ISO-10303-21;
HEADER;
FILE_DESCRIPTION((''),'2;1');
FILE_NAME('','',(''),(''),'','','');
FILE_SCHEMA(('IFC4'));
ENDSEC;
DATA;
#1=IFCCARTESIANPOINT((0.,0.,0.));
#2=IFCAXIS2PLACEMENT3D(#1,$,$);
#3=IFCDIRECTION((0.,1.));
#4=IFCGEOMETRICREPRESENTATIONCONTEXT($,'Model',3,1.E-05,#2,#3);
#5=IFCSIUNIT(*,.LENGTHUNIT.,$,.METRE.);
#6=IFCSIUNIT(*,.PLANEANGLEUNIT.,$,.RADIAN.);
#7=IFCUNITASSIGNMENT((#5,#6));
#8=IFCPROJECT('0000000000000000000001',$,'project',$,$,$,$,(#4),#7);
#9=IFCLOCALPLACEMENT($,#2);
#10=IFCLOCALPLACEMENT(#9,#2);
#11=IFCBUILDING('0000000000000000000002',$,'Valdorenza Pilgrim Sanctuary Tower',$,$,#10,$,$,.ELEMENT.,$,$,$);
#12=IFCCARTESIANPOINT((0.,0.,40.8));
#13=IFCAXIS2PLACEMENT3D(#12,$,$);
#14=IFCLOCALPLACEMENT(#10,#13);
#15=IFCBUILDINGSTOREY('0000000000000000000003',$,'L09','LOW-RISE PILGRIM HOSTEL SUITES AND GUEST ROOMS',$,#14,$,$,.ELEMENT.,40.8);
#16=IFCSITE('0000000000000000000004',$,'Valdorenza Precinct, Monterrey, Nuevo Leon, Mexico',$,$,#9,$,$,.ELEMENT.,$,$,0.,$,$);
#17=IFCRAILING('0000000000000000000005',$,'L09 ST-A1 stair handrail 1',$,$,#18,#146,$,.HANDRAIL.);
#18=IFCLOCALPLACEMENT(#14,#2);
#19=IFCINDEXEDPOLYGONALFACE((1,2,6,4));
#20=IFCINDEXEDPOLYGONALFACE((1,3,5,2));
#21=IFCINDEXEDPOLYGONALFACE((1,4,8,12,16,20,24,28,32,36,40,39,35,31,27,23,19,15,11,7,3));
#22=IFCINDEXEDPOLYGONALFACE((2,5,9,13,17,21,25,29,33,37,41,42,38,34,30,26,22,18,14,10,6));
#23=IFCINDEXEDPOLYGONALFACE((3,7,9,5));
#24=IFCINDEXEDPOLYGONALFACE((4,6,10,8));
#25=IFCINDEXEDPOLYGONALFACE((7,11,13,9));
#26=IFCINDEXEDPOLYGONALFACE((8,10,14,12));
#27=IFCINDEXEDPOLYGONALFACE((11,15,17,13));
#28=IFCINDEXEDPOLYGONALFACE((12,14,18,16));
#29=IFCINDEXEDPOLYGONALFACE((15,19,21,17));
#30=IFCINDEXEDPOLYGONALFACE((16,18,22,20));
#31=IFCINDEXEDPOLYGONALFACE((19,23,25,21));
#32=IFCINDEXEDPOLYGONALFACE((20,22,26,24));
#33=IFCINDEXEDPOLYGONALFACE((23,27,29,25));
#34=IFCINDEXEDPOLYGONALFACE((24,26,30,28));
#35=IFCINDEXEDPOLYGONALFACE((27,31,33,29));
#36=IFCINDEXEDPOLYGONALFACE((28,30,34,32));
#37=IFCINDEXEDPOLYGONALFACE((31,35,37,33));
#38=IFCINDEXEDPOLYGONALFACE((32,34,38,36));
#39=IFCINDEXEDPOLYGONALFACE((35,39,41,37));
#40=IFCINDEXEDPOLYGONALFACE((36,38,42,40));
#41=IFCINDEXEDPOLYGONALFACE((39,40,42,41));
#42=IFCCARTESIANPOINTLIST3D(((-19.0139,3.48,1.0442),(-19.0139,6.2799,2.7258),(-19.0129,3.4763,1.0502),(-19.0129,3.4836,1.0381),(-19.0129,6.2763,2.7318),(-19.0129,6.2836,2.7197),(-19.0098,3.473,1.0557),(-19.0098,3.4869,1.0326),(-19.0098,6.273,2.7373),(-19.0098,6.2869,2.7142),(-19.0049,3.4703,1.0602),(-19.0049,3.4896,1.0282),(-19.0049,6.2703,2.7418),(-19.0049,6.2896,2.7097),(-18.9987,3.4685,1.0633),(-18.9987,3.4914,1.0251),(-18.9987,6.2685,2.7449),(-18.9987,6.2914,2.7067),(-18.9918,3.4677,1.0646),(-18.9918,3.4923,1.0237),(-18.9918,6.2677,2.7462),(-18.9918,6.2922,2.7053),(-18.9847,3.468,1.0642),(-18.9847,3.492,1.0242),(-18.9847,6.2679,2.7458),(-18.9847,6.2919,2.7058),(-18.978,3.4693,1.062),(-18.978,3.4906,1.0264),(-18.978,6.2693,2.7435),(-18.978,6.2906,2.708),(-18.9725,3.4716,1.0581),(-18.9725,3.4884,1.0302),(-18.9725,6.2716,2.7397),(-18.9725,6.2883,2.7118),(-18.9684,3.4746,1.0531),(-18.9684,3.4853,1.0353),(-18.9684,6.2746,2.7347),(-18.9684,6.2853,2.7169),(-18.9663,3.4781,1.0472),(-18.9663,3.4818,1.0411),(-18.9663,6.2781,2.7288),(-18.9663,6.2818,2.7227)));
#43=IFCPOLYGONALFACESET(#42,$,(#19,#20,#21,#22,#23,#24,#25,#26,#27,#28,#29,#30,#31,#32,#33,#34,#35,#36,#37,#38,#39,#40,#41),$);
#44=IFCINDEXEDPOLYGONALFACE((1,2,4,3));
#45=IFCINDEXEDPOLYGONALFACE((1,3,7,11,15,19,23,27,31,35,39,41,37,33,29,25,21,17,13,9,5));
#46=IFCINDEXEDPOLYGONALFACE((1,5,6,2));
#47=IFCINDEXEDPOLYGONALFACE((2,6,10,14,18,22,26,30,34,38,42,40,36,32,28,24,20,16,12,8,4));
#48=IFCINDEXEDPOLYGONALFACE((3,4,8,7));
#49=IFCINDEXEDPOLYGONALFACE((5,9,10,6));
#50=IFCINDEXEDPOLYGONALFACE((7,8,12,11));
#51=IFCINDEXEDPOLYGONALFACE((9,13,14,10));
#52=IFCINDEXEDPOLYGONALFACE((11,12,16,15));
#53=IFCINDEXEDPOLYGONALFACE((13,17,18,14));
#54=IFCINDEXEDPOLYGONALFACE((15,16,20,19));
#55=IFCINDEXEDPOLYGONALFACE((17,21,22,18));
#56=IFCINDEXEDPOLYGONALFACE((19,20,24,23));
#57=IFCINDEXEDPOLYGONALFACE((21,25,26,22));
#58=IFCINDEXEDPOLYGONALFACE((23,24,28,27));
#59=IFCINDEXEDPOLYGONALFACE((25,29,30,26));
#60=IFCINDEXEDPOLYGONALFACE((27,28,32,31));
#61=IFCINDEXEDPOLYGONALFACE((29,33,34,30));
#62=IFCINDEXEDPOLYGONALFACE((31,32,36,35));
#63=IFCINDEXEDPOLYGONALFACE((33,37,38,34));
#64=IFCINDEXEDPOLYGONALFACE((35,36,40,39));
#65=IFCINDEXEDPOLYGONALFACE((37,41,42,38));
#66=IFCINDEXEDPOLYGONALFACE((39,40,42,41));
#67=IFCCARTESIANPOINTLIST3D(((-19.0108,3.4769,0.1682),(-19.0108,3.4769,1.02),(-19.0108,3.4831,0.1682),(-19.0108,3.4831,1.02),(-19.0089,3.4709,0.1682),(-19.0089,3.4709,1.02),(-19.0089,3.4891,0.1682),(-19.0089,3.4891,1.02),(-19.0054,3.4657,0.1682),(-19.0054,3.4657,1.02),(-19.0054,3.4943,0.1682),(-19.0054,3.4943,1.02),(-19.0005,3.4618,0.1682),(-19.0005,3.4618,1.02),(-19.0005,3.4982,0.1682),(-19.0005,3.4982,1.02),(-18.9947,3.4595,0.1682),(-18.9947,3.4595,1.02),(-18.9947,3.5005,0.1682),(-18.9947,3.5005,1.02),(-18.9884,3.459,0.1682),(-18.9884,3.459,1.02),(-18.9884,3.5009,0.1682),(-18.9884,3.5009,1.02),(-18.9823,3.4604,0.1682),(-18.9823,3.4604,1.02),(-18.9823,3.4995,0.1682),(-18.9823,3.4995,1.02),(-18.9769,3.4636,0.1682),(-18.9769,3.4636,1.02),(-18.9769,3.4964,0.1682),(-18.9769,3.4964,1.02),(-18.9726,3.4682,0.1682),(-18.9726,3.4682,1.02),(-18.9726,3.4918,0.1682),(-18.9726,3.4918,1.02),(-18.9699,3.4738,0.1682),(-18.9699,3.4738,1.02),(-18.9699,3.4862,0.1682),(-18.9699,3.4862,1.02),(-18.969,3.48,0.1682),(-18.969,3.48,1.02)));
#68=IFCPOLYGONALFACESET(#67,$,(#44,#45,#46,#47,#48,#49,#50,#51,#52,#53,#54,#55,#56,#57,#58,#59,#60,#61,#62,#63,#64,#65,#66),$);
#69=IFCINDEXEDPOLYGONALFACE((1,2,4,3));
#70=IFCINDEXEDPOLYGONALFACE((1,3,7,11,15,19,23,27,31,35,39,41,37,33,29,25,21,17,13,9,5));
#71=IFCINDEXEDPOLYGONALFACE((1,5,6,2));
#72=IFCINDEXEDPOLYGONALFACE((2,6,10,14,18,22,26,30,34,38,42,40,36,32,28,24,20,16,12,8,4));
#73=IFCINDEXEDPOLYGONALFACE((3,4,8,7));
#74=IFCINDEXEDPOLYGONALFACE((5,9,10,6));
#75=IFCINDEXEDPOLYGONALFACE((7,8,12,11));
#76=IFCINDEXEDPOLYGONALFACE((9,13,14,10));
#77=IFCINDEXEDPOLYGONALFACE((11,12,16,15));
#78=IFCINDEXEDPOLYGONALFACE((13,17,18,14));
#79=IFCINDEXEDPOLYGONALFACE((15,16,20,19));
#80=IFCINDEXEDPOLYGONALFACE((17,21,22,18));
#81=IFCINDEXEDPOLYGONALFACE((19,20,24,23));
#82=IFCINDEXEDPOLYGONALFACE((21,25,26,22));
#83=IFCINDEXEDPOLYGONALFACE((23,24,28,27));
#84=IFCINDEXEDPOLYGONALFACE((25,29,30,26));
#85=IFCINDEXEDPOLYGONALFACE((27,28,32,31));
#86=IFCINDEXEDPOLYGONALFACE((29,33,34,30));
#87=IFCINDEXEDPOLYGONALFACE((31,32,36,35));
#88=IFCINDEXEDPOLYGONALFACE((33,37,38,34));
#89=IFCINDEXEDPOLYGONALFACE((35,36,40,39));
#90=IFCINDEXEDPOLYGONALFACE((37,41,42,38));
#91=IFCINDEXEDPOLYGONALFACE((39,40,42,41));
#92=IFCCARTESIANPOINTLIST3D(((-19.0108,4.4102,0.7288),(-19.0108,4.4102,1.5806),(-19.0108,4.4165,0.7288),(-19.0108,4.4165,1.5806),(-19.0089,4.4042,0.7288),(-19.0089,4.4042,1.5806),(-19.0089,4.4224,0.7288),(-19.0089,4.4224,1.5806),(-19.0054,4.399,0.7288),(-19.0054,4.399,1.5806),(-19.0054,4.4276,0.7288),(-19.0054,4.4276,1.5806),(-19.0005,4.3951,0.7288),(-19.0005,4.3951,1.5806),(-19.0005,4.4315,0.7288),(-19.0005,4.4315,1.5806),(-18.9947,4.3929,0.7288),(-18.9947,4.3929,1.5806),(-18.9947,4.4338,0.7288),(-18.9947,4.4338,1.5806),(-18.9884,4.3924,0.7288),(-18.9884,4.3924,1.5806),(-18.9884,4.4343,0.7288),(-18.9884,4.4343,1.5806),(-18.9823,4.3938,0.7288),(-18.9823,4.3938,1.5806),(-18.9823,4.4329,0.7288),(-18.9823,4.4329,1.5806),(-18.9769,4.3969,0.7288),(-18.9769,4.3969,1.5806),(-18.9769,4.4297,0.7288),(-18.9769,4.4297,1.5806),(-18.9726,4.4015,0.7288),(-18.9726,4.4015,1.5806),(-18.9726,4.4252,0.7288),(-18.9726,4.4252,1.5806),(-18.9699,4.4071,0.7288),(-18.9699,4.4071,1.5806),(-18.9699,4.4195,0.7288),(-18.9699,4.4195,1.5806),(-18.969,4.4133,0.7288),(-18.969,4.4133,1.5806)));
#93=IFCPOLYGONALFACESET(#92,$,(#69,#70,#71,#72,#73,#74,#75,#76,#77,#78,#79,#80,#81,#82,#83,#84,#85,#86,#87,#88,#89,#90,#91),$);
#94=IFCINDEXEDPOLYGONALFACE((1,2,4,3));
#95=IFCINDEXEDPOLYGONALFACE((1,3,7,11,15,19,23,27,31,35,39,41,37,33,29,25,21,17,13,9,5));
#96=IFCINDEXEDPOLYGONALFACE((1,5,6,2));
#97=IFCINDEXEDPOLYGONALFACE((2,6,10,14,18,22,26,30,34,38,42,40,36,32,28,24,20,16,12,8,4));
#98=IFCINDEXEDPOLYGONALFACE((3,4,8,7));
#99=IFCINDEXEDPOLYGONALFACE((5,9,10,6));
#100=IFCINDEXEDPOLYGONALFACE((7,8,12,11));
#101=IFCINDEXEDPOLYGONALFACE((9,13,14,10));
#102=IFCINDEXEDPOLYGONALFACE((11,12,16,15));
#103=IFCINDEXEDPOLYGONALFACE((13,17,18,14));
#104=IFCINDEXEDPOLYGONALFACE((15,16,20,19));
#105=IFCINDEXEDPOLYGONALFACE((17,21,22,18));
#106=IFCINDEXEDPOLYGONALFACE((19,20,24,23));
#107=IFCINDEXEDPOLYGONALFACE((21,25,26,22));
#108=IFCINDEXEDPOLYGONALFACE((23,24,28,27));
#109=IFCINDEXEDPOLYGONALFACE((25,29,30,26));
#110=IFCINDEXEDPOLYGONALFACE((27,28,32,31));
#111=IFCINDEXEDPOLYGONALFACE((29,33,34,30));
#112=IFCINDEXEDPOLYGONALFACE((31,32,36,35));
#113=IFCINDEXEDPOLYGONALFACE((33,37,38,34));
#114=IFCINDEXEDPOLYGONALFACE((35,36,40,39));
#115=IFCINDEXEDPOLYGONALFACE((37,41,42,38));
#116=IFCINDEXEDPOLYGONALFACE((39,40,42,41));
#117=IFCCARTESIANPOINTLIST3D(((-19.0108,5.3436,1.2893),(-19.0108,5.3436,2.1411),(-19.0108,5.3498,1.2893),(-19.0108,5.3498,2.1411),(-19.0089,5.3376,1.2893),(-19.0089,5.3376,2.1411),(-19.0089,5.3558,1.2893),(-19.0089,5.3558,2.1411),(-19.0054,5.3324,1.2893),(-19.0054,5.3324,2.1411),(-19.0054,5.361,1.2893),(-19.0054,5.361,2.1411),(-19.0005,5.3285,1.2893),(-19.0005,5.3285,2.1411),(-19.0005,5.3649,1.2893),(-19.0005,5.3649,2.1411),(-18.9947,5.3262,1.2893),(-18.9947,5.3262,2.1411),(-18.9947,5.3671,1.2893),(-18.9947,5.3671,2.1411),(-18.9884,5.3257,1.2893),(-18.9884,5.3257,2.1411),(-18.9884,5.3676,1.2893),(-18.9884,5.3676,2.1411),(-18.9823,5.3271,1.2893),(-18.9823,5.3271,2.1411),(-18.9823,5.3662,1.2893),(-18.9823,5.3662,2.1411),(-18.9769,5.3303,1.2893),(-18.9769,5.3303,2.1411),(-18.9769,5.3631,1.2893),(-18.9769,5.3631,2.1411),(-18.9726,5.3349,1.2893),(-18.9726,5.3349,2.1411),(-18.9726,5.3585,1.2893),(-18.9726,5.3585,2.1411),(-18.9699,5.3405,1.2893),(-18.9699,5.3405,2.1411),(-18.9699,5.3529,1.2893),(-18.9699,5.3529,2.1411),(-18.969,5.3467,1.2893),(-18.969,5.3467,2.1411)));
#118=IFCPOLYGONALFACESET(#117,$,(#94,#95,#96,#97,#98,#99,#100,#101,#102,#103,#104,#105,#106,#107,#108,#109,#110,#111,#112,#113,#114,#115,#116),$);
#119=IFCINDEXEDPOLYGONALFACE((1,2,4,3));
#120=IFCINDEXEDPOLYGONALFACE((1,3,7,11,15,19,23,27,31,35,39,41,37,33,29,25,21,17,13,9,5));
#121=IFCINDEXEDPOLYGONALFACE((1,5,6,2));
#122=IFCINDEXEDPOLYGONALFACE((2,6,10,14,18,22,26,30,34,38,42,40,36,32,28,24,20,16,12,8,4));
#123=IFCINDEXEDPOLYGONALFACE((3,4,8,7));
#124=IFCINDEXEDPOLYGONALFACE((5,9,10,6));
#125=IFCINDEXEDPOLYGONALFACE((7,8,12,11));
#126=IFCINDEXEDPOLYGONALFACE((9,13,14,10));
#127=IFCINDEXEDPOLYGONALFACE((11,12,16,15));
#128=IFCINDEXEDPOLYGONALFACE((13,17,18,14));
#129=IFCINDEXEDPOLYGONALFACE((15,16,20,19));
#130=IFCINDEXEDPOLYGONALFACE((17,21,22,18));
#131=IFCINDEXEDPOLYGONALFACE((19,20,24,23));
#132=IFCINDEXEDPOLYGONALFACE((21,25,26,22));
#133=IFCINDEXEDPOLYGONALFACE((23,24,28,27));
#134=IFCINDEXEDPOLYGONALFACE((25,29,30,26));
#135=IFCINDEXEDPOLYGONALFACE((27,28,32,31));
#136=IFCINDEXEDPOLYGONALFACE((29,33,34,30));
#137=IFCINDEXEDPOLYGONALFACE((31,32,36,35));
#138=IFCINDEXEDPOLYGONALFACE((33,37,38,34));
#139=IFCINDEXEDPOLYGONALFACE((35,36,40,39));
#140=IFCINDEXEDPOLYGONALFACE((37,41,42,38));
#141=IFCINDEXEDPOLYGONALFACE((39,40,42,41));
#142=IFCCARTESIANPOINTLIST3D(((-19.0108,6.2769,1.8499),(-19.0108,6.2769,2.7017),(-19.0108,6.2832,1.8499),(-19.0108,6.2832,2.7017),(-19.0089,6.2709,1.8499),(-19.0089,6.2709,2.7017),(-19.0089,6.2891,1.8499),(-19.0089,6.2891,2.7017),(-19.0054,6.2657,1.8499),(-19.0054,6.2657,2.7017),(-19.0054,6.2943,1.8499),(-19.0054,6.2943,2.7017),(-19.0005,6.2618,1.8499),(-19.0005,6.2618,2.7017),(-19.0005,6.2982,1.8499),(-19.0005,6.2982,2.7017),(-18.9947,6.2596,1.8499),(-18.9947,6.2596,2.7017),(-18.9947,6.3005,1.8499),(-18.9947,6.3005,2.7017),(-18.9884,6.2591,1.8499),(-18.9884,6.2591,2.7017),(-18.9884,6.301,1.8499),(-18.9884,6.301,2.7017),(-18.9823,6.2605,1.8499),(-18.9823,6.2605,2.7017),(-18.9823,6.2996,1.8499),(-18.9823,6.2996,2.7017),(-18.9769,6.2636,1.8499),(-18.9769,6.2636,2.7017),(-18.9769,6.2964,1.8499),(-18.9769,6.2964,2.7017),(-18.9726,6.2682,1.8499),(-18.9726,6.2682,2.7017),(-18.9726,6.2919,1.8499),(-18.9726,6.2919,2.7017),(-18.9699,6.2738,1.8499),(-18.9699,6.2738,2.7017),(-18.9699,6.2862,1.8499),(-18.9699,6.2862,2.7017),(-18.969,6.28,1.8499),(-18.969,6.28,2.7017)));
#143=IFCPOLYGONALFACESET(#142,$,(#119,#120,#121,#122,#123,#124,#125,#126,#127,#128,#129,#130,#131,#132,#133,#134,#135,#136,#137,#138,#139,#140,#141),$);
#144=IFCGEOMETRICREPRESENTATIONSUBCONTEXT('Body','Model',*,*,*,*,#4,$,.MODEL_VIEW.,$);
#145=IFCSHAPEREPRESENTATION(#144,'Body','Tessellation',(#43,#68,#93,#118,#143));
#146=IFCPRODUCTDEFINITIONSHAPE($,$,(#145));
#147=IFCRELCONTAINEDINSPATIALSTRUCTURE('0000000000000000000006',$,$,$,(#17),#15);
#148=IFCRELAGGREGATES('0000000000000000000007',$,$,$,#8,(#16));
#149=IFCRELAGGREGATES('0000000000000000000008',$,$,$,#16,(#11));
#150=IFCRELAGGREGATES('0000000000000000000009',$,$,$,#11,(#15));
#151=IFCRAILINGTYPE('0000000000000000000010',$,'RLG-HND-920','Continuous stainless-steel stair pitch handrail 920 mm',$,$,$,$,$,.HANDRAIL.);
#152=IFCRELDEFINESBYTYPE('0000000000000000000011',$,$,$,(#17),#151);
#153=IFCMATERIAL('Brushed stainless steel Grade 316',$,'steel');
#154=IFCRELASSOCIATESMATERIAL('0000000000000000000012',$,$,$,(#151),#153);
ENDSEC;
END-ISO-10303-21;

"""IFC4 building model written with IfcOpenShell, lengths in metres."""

from ifc_helpers import new_model, si_unit, direction, frame, origin, origin_2d, place, context, subcontext, project, spatial, circle, extrude, material, type_object, element, save


model = new_model("IFC4")

# Units and contexts
model_context = context("Model", 3, precision=1e-05, world=origin(), true_north=direction((0.0, 1.0)))
body_context = subcontext(model_context, "Body", "Model", "MODEL_VIEW")
ifc_project = project(units=[si_unit("LENGTHUNIT", "METRE"), si_unit("PLANEANGLEUNIT", "RADIAN")], contexts=[model_context])

# Site, building, storey
site_placement = place(None, origin())
site = spatial("IfcSite", under=ifc_project, at=site_placement, Name="Valdorenza Precinct, Monterrey, Nuevo Leon, Mexico", CompositionType="ELEMENT", RefElevation=0.0)
building_placement = place(site_placement, origin())
building = spatial("IfcBuilding", under=site, at=building_placement, Name="Valdorenza Pilgrim Sanctuary Tower", CompositionType="ELEMENT")
storey_placement = place(building_placement, frame((0.0, 0.0, 40.8)))
storey = spatial("IfcBuildingStorey", under=building, at=storey_placement, Name="L09", Description="LOW-RISE PILGRIM HOSTEL SUITES AND GUEST ROOMS", CompositionType="ELEMENT", Elevation=40.8)

# Shared definitions
ifc_material_1 = material(Name="Brushed stainless steel Grade 316", Category="steel")

# Railing
railing_type_1 = type_object("IfcRailingType", Name="RLG-HND-920", Description="Continuous stainless-steel stair pitch handrail 920 mm", PredefinedType="HANDRAIL", material=ifc_material_1)
railing_1_placement = place(storey_placement, frame((-18.99, 3.48, 0.1682)))
element("IfcRailing", 1, at=railing_1_placement, inside=storey, type_object=railing_type_1, Name="L09 ST-A1 stair handrail 1", PredefinedType="HANDRAIL", context=body_context, shape_type="SweptSolid", body=[
    extrude(circle(Radius=0.0239, at=origin_2d()), frame((0.0, 0.0, 0.876), z_axis=(0.0, 0.857275, 0.514858), x_axis=(-1.0, 0.0, 0.0)), (0.0, 0.0, 1.0), 3.2661),
    extrude(circle(Radius=0.021, at=origin_2d()), origin(), (0.0, 0.0, 1.0), 0.8518),
    extrude(circle(Radius=0.021, at=origin_2d()), frame((0.0, 0.9333, 0.5605)), (0.0, 0.0, 1.0), 0.8518),
    extrude(circle(Radius=0.021, at=origin_2d()), frame((0.0, 1.8667, 1.1211)), (0.0, 0.0, 1.0), 0.8518),
    extrude(circle(Radius=0.021, at=origin_2d()), frame((0.0, 2.8, 1.6816)), (0.0, 0.0, 1.0), 0.8518),
])

save(model, "model.ifc")
